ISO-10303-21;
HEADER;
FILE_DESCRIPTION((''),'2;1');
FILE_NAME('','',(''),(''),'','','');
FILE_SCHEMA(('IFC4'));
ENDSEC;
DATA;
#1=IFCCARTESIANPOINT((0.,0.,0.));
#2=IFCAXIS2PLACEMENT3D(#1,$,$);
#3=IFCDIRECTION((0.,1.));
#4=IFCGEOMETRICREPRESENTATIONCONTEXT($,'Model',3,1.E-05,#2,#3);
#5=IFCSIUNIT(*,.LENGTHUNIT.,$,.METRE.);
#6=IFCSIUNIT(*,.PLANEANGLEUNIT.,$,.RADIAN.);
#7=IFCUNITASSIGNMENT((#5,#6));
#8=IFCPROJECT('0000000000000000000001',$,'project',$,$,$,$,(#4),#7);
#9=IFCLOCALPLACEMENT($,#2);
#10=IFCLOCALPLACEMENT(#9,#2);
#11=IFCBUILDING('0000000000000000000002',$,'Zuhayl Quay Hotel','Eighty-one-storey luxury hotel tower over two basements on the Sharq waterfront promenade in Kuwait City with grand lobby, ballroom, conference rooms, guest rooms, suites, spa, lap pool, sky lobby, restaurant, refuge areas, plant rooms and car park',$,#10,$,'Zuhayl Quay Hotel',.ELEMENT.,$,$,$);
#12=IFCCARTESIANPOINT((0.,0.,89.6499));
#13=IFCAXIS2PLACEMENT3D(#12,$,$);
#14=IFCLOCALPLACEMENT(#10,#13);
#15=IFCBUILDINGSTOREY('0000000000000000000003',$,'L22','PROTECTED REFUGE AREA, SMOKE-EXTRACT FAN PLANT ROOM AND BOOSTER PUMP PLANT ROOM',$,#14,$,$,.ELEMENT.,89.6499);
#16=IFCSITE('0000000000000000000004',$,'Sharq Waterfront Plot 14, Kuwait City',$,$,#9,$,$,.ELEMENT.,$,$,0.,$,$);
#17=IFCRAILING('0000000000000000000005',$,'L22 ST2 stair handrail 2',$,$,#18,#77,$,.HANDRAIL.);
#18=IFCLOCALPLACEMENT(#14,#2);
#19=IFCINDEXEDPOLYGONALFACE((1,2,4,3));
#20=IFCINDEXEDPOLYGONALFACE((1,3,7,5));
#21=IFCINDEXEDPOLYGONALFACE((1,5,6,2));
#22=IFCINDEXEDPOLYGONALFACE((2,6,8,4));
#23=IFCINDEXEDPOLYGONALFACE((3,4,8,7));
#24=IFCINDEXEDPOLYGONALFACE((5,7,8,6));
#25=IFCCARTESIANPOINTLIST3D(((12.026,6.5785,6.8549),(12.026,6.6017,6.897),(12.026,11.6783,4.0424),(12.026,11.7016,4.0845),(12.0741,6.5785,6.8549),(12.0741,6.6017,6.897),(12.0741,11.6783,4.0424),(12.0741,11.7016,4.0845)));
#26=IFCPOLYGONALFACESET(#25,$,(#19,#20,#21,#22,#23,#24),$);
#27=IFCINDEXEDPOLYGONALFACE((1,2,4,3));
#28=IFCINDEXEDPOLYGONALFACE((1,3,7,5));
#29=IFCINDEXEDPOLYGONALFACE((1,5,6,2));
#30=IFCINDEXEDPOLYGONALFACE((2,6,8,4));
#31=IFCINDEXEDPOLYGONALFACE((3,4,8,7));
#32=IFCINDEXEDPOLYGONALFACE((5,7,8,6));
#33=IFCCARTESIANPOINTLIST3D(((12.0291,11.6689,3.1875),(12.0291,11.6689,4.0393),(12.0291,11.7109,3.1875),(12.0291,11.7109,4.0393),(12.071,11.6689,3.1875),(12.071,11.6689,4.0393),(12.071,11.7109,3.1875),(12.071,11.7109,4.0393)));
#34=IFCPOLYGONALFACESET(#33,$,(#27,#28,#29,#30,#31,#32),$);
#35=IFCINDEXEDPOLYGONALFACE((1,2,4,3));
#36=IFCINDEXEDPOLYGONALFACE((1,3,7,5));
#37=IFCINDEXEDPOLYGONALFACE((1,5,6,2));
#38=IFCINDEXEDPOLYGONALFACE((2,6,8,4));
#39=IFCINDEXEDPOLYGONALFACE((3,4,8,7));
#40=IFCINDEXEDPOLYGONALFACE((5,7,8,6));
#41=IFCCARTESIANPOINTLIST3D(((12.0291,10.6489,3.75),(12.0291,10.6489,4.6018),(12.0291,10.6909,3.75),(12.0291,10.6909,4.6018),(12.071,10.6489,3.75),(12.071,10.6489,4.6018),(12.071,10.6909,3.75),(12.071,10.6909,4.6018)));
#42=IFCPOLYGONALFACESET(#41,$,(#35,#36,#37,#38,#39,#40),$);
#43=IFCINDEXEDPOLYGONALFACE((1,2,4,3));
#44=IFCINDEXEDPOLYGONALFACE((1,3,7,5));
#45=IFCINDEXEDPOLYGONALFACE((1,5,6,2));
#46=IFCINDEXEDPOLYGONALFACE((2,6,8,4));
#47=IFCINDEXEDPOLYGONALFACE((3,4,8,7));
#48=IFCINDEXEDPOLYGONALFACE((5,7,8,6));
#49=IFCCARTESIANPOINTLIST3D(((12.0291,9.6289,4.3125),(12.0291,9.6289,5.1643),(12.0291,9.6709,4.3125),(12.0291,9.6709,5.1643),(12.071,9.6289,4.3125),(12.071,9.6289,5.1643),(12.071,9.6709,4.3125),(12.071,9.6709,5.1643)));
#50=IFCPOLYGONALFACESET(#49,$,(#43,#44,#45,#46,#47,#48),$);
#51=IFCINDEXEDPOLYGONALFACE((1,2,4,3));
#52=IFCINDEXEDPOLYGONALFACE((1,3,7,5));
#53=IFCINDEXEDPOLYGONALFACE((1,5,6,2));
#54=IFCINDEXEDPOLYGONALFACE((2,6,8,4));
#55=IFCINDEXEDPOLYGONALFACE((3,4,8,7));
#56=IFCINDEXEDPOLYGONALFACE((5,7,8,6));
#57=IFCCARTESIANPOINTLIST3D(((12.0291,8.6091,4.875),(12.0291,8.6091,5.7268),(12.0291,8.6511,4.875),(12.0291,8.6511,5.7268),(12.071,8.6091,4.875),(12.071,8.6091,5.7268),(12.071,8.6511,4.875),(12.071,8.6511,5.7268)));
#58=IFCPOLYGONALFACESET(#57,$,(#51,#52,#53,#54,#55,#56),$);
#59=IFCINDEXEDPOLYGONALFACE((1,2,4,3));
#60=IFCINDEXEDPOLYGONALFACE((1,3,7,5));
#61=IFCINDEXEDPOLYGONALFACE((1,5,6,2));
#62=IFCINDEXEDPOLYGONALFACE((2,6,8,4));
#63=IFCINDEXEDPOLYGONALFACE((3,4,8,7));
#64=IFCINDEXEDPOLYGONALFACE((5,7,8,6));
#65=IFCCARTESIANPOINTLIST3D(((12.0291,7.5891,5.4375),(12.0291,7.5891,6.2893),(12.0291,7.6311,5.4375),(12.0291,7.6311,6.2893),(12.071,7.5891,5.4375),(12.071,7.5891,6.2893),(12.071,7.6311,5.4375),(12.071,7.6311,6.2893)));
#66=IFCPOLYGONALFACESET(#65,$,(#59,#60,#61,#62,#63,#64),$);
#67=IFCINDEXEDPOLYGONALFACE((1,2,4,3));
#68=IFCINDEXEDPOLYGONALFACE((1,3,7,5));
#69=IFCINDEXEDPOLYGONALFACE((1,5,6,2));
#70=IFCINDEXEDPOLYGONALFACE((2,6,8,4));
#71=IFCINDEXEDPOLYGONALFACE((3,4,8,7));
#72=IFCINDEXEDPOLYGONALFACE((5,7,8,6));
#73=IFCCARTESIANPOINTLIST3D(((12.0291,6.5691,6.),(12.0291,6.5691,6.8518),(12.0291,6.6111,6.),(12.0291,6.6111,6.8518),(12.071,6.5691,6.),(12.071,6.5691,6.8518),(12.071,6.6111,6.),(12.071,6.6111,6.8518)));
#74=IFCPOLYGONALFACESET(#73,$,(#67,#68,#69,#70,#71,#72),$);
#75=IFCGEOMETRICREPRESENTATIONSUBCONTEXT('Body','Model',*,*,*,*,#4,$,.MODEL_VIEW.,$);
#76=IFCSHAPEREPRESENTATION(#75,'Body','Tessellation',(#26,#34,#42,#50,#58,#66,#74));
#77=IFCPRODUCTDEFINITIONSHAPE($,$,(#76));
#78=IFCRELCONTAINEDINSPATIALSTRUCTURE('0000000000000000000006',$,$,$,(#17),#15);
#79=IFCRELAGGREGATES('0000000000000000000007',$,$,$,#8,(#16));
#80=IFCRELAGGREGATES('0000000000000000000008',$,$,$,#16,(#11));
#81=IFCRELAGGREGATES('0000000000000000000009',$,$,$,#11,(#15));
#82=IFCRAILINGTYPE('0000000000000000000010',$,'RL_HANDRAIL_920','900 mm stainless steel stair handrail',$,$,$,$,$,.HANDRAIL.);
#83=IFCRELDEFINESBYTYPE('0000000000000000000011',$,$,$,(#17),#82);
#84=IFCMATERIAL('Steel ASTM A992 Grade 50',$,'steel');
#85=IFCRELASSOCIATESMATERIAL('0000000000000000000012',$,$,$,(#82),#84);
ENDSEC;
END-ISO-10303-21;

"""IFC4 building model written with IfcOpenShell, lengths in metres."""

from ifc_helpers import new_model, si_unit, direction, frame, origin, origin_2d, place, context, subcontext, project, spatial, rectangle, extrude, material, type_object, element, save


model = new_model("IFC4")

# Units and contexts
model_context = context("Model", 3, precision=1e-05, world=origin(), true_north=direction((0.0, 1.0)))
body_context = subcontext(model_context, "Body", "Model", "MODEL_VIEW")
ifc_project = project(units=[si_unit("LENGTHUNIT", "METRE"), si_unit("PLANEANGLEUNIT", "RADIAN")], contexts=[model_context])

# Site, building, storey
site_placement = place(None, origin())
site = spatial("IfcSite", under=ifc_project, at=site_placement, Name="Sharq Waterfront Plot 14, Kuwait City", CompositionType="ELEMENT", RefElevation=0.0)
building_placement = place(site_placement, origin())
building = spatial("IfcBuilding", under=site, at=building_placement, Name="Zuhayl Quay Hotel", Description="Eighty-one-storey luxury hotel tower over two basements on the Sharq waterfront promenade in Kuwait City with grand lobby, ballroom, conference rooms, guest rooms, suites, spa, lap pool, sky lobby, restaurant, refuge areas, plant rooms and car park", LongName="Zuhayl Quay Hotel", CompositionType="ELEMENT")
storey_placement = place(building_placement, frame((0.0, 0.0, 89.6499)))
storey = spatial("IfcBuildingStorey", under=building, at=storey_placement, Name="L22", Description="PROTECTED REFUGE AREA, SMOKE-EXTRACT FAN PLANT ROOM AND BOOSTER PUMP PLANT ROOM", CompositionType="ELEMENT", Elevation=89.6499)

# Shared definitions
ifc_material_1 = material(Name="Steel ASTM A992 Grade 50", Category="steel")

# Railing
railing_type_1 = type_object("IfcRailingType", Name="RL_HANDRAIL_920", Description="900 mm stainless steel stair handrail", PredefinedType="HANDRAIL", material=ifc_material_1)
railing_1_placement = place(storey_placement, frame((12.05, 11.6899, 3.1875)))
element("IfcRailing", 1, at=railing_1_placement, inside=storey, type_object=railing_type_1, Name="L22 ST2 stair handrail 2", PredefinedType="HANDRAIL", context=body_context, shape_type="SweptSolid", body=[
    extrude(rectangle(XDim=0.0481, YDim=0.0481, at=origin_2d()), frame((0.0, 0.0, 0.876), z_axis=(0.0, -0.875666, 0.482918), x_axis=(1.0, 0.0, 0.0)), (0.0, 0.0, 1.0), 5.824),
    extrude(rectangle(XDim=0.042, YDim=0.042, at=origin_2d()), origin(), (0.0, 0.0, 1.0), 0.8518),
    extrude(rectangle(XDim=0.042, YDim=0.042, at=origin_2d()), frame((0.0, -1.02, 0.5625)), (0.0, 0.0, 1.0), 0.8518),
    extrude(rectangle(XDim=0.042, YDim=0.042, at=origin_2d()), frame((0.0, -2.04, 1.125)), (0.0, 0.0, 1.0), 0.8518),
    extrude(rectangle(XDim=0.042, YDim=0.042, at=origin_2d()), frame((0.0, -3.0598, 1.6875)), (0.0, 0.0, 1.0), 0.8518),
    extrude(rectangle(XDim=0.042, YDim=0.042, at=origin_2d()), frame((0.0, -4.0798, 2.25)), (0.0, 0.0, 1.0), 0.8518),
    extrude(rectangle(XDim=0.042, YDim=0.042, at=origin_2d()), frame((0.0, -5.0999, 2.8125)), (0.0, 0.0, 1.0), 0.8518),
])

save(model, "model.ifc")
